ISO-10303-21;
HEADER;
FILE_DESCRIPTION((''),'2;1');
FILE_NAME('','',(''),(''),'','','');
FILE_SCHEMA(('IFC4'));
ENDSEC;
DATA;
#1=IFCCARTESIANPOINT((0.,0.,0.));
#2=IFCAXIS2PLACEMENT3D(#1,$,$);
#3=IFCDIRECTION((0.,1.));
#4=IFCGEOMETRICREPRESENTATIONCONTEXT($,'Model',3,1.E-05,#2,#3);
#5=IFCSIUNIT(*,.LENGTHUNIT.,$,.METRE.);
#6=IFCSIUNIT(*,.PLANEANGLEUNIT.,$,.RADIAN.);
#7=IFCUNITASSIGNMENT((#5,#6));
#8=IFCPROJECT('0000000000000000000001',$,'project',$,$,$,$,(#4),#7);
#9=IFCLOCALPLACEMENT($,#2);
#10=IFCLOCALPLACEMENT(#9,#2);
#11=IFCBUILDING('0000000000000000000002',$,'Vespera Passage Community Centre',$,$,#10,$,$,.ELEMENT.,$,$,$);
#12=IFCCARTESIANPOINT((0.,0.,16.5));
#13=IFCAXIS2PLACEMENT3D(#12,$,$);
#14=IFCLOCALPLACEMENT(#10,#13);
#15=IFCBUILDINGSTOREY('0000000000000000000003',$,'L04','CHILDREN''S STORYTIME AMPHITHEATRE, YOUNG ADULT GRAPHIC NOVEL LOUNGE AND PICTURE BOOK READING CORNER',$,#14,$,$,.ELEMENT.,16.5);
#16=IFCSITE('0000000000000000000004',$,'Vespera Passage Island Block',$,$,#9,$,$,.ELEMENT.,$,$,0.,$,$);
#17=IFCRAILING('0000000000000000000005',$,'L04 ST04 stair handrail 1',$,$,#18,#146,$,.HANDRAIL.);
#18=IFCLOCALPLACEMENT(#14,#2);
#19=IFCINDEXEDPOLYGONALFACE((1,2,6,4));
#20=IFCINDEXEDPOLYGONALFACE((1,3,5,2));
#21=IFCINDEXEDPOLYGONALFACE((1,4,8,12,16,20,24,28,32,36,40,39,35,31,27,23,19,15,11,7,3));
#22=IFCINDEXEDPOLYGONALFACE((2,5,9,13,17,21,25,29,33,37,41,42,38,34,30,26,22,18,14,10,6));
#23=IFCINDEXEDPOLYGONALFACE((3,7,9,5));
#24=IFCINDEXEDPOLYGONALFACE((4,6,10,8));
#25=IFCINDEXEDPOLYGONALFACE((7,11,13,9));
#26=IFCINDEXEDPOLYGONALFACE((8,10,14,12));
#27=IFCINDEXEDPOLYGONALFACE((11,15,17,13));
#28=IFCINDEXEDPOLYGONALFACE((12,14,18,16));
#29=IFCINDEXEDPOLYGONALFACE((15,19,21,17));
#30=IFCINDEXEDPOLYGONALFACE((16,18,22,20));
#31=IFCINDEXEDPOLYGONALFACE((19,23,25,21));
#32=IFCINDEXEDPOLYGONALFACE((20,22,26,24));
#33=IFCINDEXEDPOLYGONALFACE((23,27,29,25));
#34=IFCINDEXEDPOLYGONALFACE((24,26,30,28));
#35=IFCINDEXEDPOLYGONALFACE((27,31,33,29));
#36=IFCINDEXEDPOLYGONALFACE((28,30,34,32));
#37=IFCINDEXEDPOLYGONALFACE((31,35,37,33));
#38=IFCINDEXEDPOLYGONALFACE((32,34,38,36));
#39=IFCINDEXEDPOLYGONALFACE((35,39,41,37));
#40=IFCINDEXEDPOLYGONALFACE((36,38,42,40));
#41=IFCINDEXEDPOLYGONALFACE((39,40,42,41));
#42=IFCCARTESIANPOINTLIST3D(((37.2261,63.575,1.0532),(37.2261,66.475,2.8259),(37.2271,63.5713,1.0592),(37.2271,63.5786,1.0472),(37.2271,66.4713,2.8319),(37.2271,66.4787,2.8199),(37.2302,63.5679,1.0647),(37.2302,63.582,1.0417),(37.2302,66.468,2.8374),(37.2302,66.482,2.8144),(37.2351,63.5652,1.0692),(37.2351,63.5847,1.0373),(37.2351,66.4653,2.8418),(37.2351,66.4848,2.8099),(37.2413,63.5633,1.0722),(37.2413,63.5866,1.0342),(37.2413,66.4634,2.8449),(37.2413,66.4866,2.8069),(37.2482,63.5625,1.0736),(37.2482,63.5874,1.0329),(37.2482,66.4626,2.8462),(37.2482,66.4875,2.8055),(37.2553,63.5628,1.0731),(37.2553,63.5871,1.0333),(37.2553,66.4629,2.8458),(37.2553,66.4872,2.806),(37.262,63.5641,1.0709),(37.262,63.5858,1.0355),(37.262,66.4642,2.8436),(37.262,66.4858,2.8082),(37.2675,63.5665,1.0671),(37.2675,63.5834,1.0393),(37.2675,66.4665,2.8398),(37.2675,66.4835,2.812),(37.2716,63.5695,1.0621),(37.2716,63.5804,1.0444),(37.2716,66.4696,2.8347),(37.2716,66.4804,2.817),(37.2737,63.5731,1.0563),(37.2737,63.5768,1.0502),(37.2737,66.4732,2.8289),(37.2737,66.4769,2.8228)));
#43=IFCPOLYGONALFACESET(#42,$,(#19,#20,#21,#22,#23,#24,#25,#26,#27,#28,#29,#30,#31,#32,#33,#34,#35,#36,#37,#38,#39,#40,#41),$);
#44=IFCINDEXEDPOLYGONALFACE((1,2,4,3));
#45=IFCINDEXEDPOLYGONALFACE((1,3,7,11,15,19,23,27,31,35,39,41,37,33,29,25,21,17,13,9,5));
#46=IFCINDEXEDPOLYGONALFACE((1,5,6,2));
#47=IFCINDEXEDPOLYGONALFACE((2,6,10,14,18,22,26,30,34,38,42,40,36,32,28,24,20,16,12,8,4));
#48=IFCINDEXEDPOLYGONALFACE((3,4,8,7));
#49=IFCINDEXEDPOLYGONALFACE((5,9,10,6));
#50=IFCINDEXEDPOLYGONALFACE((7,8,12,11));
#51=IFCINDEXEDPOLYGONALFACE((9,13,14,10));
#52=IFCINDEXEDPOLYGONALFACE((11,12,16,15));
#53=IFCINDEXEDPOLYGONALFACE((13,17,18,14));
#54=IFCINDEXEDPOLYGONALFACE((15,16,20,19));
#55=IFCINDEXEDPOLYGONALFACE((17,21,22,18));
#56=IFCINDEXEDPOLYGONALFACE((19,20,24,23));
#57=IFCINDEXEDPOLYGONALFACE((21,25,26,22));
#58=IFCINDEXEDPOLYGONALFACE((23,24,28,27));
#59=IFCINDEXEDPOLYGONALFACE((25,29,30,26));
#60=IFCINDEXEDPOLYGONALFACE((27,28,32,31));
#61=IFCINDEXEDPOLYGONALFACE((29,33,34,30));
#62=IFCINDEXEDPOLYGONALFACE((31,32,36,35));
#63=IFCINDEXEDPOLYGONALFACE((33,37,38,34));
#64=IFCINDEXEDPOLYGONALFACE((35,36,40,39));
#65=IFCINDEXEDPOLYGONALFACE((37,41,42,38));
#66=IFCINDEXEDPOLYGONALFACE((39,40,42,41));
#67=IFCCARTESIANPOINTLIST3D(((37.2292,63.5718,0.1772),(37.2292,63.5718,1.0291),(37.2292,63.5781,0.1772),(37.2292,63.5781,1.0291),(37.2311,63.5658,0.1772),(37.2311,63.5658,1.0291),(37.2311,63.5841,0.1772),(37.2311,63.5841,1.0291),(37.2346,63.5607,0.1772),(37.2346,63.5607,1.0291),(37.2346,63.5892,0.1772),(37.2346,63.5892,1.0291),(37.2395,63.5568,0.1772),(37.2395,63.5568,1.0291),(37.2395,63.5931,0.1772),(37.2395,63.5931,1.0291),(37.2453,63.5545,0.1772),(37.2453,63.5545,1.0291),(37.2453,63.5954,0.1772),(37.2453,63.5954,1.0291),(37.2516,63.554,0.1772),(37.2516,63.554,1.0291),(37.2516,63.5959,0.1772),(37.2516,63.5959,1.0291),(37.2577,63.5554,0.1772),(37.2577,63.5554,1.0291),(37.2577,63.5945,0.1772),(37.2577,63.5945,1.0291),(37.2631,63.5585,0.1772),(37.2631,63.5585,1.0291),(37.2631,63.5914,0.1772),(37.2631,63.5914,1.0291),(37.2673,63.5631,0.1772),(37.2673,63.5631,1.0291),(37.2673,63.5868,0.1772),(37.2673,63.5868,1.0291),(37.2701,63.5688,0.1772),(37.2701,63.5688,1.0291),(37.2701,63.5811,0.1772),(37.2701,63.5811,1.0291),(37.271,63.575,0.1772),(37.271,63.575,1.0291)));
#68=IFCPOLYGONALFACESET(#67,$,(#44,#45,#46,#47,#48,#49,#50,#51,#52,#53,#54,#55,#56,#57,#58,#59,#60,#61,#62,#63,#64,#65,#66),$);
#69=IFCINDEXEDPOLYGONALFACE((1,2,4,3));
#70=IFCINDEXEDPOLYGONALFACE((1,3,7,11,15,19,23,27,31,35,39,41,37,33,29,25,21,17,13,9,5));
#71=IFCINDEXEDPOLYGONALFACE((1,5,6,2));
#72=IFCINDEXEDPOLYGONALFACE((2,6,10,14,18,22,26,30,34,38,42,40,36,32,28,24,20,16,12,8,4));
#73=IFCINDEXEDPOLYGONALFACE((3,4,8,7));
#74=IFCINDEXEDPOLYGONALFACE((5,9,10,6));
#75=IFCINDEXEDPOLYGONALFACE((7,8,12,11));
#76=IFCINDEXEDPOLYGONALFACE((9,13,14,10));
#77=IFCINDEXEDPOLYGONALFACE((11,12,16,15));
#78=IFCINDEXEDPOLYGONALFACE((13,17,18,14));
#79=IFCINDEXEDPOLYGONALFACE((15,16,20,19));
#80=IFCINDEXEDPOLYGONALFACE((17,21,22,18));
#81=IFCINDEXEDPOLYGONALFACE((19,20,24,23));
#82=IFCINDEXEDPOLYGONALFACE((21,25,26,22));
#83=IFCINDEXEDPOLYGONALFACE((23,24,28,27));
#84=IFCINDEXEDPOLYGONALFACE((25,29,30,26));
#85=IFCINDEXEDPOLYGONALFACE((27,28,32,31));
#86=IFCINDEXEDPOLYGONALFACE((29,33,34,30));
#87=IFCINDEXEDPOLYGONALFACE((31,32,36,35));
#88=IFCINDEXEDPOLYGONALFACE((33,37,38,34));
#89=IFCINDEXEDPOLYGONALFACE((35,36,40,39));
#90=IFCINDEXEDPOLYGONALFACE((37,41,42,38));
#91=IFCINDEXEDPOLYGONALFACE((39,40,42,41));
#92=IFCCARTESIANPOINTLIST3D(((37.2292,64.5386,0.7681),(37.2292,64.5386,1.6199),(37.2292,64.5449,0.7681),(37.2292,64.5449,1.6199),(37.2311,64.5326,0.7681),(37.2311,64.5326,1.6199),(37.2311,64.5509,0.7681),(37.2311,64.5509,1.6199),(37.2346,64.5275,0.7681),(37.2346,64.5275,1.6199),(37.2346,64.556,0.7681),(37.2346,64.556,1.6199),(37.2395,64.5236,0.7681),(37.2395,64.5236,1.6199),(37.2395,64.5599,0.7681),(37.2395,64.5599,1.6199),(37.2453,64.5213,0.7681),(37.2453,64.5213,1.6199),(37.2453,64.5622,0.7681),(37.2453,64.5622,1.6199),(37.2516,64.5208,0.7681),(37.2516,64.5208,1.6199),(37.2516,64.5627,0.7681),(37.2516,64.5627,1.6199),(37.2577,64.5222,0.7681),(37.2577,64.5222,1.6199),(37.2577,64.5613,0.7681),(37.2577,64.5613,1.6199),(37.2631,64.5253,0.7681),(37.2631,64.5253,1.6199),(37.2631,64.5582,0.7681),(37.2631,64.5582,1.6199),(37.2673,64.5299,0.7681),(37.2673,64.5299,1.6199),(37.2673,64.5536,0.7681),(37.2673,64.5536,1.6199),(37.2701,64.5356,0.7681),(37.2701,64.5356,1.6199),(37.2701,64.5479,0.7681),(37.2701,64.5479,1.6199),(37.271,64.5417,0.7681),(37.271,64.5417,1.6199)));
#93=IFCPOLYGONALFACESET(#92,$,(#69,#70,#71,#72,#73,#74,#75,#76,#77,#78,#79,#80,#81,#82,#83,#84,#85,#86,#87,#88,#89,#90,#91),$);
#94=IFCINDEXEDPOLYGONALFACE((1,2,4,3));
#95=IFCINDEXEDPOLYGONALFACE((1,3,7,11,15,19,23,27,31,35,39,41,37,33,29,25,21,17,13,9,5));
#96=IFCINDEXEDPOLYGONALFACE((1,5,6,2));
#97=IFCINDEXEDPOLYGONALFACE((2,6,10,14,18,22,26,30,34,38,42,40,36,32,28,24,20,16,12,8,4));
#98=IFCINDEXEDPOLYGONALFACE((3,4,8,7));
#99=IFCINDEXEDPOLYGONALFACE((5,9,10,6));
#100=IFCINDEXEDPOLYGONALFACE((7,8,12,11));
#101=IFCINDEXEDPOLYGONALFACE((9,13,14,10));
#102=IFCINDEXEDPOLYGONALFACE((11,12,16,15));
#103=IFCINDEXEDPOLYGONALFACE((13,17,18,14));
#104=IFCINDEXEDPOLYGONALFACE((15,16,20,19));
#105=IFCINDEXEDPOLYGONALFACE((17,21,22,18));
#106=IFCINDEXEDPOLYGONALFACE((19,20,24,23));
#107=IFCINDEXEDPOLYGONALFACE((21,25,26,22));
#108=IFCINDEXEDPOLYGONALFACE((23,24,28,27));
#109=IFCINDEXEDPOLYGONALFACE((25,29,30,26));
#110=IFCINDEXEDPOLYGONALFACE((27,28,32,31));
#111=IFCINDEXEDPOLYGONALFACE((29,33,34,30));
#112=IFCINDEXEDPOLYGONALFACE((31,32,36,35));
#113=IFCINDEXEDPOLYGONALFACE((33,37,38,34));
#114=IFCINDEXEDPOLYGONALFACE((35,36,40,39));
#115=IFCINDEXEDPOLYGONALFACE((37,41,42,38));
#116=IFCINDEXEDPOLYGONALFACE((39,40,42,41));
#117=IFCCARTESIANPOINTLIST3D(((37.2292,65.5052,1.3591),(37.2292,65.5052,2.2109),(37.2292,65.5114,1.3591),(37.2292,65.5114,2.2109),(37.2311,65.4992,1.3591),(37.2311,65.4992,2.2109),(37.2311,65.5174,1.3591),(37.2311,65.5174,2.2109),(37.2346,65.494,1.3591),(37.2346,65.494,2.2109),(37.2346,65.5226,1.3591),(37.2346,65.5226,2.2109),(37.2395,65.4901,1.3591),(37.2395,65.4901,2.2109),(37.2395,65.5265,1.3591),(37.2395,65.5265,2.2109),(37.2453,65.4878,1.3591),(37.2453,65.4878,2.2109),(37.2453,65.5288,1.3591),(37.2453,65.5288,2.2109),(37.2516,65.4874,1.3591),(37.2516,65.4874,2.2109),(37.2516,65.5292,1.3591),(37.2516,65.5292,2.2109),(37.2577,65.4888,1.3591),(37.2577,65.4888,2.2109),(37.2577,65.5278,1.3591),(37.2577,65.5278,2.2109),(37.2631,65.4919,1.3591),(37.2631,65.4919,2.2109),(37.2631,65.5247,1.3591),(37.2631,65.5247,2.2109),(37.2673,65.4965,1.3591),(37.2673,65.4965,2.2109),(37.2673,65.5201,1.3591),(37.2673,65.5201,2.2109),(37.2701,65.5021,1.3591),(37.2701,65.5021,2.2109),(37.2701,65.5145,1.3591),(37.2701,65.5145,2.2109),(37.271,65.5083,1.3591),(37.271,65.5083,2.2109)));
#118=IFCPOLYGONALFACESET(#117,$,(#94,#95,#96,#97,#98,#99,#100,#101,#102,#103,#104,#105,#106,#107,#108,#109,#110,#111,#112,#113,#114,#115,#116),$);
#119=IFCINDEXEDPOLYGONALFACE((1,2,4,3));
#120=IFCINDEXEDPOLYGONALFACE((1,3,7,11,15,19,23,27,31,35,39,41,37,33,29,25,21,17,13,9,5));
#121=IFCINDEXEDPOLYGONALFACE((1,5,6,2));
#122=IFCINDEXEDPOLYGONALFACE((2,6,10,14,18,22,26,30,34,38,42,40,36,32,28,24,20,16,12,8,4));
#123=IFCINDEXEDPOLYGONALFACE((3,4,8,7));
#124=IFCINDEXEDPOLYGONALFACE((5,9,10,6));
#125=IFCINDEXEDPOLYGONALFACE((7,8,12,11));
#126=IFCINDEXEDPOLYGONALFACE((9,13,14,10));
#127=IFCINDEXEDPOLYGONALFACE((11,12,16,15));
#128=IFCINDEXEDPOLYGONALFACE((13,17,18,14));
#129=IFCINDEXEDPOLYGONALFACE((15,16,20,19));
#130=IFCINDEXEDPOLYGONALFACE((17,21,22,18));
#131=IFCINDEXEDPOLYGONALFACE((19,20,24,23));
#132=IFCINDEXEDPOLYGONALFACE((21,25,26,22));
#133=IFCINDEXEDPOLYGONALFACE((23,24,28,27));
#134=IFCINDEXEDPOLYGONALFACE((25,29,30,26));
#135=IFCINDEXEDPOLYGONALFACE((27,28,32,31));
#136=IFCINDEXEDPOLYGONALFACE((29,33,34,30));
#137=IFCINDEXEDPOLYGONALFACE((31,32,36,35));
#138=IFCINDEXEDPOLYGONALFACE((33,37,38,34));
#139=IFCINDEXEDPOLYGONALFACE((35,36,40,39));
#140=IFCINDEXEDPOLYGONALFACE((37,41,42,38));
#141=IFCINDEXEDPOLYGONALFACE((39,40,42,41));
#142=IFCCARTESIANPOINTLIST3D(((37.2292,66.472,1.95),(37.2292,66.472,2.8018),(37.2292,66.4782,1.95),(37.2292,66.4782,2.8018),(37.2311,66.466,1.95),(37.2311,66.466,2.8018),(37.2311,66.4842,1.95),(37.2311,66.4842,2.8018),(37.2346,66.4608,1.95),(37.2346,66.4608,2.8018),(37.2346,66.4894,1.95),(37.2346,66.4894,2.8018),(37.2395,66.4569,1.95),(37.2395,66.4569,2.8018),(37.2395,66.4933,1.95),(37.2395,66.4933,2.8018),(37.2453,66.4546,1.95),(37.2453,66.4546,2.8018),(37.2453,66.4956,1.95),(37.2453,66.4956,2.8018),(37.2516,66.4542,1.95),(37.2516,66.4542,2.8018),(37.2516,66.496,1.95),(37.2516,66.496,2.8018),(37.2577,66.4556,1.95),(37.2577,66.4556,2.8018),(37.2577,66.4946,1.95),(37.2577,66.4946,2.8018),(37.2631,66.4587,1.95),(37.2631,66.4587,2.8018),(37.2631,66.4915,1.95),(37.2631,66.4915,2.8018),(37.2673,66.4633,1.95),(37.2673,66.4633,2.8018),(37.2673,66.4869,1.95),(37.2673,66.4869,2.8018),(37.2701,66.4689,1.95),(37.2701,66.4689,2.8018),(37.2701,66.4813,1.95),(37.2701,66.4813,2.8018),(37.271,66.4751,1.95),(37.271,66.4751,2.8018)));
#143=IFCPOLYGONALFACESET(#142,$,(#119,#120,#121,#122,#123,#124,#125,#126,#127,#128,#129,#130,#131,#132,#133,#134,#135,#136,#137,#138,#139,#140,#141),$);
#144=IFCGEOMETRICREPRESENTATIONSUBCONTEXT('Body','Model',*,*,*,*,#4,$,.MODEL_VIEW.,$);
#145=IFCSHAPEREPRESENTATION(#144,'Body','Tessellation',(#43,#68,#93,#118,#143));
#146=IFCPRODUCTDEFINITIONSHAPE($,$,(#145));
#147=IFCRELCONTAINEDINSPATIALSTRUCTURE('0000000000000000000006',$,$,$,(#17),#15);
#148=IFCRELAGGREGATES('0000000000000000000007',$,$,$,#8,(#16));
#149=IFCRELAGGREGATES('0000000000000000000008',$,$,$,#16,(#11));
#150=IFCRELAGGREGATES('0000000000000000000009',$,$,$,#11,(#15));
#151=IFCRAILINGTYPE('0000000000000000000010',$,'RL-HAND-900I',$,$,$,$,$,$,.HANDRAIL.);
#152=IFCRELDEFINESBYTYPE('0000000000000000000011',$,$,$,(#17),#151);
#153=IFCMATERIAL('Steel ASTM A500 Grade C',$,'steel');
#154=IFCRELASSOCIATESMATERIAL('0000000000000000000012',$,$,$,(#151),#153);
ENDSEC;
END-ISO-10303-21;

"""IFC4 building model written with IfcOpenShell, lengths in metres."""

from ifc_helpers import new_model, si_unit, direction, frame, origin, origin_2d, place, context, subcontext, project, spatial, circle, extrude, material, type_object, element, save


model = new_model("IFC4")

# Units and contexts
model_context = context("Model", 3, precision=1e-05, world=origin(), true_north=direction((0.0, 1.0)))
body_context = subcontext(model_context, "Body", "Model", "MODEL_VIEW")
ifc_project = project(units=[si_unit("LENGTHUNIT", "METRE"), si_unit("PLANEANGLEUNIT", "RADIAN")], contexts=[model_context])

# Site, building, storey
site_placement = place(None, origin())
site = spatial("IfcSite", under=ifc_project, at=site_placement, Name="Vespera Passage Island Block", CompositionType="ELEMENT", RefElevation=0.0)
building_placement = place(site_placement, origin())
building = spatial("IfcBuilding", under=site, at=building_placement, Name="Vespera Passage Community Centre", CompositionType="ELEMENT")
storey_placement = place(building_placement, frame((0.0, 0.0, 16.5)))
storey = spatial("IfcBuildingStorey", under=building, at=storey_placement, Name="L04", Description="CHILDREN'S STORYTIME AMPHITHEATRE, YOUNG ADULT GRAPHIC NOVEL LOUNGE AND PICTURE BOOK READING CORNER", CompositionType="ELEMENT", Elevation=16.5)

# Railing
ifc_material_1 = material(Name="Steel ASTM A500 Grade C", Category="steel")
railing_type_1 = type_object("IfcRailingType", Name="RL-HAND-900I", PredefinedType="HANDRAIL", material=ifc_material_1)
railing_1_placement = place(storey_placement, frame((37.25, 63.575, 0.1772)))
element("IfcRailing", 1, at=railing_1_placement, inside=storey, type_object=railing_type_1, Name="L04 ST04 stair handrail 1", PredefinedType="HANDRAIL", context=body_context, shape_type="SweptSolid", body=[
    extrude(circle(Radius=0.0239, at=origin_2d()), frame((0.0, 0.0, 0.876), z_axis=(0.0, 0.85323, 0.521534), x_axis=(-1.0, 0.0, 0.0)), (0.0, 0.0, 1.0), 3.3989),
    extrude(circle(Radius=0.021, at=origin_2d()), origin(), (0.0, 0.0, 1.0), 0.8518),
    extrude(circle(Radius=0.021, at=origin_2d()), frame((0.0, 0.9668, 0.5908)), (0.0, 0.0, 1.0), 0.8518),
    extrude(circle(Radius=0.021, at=origin_2d()), frame((0.0, 1.9333, 1.1819)), (0.0, 0.0, 1.0), 0.8518),
    extrude(circle(Radius=0.021, at=origin_2d()), frame((0.0, 2.9001, 1.7727)), (0.0, 0.0, 1.0), 0.8518),
])

save(model, "model.ifc")
